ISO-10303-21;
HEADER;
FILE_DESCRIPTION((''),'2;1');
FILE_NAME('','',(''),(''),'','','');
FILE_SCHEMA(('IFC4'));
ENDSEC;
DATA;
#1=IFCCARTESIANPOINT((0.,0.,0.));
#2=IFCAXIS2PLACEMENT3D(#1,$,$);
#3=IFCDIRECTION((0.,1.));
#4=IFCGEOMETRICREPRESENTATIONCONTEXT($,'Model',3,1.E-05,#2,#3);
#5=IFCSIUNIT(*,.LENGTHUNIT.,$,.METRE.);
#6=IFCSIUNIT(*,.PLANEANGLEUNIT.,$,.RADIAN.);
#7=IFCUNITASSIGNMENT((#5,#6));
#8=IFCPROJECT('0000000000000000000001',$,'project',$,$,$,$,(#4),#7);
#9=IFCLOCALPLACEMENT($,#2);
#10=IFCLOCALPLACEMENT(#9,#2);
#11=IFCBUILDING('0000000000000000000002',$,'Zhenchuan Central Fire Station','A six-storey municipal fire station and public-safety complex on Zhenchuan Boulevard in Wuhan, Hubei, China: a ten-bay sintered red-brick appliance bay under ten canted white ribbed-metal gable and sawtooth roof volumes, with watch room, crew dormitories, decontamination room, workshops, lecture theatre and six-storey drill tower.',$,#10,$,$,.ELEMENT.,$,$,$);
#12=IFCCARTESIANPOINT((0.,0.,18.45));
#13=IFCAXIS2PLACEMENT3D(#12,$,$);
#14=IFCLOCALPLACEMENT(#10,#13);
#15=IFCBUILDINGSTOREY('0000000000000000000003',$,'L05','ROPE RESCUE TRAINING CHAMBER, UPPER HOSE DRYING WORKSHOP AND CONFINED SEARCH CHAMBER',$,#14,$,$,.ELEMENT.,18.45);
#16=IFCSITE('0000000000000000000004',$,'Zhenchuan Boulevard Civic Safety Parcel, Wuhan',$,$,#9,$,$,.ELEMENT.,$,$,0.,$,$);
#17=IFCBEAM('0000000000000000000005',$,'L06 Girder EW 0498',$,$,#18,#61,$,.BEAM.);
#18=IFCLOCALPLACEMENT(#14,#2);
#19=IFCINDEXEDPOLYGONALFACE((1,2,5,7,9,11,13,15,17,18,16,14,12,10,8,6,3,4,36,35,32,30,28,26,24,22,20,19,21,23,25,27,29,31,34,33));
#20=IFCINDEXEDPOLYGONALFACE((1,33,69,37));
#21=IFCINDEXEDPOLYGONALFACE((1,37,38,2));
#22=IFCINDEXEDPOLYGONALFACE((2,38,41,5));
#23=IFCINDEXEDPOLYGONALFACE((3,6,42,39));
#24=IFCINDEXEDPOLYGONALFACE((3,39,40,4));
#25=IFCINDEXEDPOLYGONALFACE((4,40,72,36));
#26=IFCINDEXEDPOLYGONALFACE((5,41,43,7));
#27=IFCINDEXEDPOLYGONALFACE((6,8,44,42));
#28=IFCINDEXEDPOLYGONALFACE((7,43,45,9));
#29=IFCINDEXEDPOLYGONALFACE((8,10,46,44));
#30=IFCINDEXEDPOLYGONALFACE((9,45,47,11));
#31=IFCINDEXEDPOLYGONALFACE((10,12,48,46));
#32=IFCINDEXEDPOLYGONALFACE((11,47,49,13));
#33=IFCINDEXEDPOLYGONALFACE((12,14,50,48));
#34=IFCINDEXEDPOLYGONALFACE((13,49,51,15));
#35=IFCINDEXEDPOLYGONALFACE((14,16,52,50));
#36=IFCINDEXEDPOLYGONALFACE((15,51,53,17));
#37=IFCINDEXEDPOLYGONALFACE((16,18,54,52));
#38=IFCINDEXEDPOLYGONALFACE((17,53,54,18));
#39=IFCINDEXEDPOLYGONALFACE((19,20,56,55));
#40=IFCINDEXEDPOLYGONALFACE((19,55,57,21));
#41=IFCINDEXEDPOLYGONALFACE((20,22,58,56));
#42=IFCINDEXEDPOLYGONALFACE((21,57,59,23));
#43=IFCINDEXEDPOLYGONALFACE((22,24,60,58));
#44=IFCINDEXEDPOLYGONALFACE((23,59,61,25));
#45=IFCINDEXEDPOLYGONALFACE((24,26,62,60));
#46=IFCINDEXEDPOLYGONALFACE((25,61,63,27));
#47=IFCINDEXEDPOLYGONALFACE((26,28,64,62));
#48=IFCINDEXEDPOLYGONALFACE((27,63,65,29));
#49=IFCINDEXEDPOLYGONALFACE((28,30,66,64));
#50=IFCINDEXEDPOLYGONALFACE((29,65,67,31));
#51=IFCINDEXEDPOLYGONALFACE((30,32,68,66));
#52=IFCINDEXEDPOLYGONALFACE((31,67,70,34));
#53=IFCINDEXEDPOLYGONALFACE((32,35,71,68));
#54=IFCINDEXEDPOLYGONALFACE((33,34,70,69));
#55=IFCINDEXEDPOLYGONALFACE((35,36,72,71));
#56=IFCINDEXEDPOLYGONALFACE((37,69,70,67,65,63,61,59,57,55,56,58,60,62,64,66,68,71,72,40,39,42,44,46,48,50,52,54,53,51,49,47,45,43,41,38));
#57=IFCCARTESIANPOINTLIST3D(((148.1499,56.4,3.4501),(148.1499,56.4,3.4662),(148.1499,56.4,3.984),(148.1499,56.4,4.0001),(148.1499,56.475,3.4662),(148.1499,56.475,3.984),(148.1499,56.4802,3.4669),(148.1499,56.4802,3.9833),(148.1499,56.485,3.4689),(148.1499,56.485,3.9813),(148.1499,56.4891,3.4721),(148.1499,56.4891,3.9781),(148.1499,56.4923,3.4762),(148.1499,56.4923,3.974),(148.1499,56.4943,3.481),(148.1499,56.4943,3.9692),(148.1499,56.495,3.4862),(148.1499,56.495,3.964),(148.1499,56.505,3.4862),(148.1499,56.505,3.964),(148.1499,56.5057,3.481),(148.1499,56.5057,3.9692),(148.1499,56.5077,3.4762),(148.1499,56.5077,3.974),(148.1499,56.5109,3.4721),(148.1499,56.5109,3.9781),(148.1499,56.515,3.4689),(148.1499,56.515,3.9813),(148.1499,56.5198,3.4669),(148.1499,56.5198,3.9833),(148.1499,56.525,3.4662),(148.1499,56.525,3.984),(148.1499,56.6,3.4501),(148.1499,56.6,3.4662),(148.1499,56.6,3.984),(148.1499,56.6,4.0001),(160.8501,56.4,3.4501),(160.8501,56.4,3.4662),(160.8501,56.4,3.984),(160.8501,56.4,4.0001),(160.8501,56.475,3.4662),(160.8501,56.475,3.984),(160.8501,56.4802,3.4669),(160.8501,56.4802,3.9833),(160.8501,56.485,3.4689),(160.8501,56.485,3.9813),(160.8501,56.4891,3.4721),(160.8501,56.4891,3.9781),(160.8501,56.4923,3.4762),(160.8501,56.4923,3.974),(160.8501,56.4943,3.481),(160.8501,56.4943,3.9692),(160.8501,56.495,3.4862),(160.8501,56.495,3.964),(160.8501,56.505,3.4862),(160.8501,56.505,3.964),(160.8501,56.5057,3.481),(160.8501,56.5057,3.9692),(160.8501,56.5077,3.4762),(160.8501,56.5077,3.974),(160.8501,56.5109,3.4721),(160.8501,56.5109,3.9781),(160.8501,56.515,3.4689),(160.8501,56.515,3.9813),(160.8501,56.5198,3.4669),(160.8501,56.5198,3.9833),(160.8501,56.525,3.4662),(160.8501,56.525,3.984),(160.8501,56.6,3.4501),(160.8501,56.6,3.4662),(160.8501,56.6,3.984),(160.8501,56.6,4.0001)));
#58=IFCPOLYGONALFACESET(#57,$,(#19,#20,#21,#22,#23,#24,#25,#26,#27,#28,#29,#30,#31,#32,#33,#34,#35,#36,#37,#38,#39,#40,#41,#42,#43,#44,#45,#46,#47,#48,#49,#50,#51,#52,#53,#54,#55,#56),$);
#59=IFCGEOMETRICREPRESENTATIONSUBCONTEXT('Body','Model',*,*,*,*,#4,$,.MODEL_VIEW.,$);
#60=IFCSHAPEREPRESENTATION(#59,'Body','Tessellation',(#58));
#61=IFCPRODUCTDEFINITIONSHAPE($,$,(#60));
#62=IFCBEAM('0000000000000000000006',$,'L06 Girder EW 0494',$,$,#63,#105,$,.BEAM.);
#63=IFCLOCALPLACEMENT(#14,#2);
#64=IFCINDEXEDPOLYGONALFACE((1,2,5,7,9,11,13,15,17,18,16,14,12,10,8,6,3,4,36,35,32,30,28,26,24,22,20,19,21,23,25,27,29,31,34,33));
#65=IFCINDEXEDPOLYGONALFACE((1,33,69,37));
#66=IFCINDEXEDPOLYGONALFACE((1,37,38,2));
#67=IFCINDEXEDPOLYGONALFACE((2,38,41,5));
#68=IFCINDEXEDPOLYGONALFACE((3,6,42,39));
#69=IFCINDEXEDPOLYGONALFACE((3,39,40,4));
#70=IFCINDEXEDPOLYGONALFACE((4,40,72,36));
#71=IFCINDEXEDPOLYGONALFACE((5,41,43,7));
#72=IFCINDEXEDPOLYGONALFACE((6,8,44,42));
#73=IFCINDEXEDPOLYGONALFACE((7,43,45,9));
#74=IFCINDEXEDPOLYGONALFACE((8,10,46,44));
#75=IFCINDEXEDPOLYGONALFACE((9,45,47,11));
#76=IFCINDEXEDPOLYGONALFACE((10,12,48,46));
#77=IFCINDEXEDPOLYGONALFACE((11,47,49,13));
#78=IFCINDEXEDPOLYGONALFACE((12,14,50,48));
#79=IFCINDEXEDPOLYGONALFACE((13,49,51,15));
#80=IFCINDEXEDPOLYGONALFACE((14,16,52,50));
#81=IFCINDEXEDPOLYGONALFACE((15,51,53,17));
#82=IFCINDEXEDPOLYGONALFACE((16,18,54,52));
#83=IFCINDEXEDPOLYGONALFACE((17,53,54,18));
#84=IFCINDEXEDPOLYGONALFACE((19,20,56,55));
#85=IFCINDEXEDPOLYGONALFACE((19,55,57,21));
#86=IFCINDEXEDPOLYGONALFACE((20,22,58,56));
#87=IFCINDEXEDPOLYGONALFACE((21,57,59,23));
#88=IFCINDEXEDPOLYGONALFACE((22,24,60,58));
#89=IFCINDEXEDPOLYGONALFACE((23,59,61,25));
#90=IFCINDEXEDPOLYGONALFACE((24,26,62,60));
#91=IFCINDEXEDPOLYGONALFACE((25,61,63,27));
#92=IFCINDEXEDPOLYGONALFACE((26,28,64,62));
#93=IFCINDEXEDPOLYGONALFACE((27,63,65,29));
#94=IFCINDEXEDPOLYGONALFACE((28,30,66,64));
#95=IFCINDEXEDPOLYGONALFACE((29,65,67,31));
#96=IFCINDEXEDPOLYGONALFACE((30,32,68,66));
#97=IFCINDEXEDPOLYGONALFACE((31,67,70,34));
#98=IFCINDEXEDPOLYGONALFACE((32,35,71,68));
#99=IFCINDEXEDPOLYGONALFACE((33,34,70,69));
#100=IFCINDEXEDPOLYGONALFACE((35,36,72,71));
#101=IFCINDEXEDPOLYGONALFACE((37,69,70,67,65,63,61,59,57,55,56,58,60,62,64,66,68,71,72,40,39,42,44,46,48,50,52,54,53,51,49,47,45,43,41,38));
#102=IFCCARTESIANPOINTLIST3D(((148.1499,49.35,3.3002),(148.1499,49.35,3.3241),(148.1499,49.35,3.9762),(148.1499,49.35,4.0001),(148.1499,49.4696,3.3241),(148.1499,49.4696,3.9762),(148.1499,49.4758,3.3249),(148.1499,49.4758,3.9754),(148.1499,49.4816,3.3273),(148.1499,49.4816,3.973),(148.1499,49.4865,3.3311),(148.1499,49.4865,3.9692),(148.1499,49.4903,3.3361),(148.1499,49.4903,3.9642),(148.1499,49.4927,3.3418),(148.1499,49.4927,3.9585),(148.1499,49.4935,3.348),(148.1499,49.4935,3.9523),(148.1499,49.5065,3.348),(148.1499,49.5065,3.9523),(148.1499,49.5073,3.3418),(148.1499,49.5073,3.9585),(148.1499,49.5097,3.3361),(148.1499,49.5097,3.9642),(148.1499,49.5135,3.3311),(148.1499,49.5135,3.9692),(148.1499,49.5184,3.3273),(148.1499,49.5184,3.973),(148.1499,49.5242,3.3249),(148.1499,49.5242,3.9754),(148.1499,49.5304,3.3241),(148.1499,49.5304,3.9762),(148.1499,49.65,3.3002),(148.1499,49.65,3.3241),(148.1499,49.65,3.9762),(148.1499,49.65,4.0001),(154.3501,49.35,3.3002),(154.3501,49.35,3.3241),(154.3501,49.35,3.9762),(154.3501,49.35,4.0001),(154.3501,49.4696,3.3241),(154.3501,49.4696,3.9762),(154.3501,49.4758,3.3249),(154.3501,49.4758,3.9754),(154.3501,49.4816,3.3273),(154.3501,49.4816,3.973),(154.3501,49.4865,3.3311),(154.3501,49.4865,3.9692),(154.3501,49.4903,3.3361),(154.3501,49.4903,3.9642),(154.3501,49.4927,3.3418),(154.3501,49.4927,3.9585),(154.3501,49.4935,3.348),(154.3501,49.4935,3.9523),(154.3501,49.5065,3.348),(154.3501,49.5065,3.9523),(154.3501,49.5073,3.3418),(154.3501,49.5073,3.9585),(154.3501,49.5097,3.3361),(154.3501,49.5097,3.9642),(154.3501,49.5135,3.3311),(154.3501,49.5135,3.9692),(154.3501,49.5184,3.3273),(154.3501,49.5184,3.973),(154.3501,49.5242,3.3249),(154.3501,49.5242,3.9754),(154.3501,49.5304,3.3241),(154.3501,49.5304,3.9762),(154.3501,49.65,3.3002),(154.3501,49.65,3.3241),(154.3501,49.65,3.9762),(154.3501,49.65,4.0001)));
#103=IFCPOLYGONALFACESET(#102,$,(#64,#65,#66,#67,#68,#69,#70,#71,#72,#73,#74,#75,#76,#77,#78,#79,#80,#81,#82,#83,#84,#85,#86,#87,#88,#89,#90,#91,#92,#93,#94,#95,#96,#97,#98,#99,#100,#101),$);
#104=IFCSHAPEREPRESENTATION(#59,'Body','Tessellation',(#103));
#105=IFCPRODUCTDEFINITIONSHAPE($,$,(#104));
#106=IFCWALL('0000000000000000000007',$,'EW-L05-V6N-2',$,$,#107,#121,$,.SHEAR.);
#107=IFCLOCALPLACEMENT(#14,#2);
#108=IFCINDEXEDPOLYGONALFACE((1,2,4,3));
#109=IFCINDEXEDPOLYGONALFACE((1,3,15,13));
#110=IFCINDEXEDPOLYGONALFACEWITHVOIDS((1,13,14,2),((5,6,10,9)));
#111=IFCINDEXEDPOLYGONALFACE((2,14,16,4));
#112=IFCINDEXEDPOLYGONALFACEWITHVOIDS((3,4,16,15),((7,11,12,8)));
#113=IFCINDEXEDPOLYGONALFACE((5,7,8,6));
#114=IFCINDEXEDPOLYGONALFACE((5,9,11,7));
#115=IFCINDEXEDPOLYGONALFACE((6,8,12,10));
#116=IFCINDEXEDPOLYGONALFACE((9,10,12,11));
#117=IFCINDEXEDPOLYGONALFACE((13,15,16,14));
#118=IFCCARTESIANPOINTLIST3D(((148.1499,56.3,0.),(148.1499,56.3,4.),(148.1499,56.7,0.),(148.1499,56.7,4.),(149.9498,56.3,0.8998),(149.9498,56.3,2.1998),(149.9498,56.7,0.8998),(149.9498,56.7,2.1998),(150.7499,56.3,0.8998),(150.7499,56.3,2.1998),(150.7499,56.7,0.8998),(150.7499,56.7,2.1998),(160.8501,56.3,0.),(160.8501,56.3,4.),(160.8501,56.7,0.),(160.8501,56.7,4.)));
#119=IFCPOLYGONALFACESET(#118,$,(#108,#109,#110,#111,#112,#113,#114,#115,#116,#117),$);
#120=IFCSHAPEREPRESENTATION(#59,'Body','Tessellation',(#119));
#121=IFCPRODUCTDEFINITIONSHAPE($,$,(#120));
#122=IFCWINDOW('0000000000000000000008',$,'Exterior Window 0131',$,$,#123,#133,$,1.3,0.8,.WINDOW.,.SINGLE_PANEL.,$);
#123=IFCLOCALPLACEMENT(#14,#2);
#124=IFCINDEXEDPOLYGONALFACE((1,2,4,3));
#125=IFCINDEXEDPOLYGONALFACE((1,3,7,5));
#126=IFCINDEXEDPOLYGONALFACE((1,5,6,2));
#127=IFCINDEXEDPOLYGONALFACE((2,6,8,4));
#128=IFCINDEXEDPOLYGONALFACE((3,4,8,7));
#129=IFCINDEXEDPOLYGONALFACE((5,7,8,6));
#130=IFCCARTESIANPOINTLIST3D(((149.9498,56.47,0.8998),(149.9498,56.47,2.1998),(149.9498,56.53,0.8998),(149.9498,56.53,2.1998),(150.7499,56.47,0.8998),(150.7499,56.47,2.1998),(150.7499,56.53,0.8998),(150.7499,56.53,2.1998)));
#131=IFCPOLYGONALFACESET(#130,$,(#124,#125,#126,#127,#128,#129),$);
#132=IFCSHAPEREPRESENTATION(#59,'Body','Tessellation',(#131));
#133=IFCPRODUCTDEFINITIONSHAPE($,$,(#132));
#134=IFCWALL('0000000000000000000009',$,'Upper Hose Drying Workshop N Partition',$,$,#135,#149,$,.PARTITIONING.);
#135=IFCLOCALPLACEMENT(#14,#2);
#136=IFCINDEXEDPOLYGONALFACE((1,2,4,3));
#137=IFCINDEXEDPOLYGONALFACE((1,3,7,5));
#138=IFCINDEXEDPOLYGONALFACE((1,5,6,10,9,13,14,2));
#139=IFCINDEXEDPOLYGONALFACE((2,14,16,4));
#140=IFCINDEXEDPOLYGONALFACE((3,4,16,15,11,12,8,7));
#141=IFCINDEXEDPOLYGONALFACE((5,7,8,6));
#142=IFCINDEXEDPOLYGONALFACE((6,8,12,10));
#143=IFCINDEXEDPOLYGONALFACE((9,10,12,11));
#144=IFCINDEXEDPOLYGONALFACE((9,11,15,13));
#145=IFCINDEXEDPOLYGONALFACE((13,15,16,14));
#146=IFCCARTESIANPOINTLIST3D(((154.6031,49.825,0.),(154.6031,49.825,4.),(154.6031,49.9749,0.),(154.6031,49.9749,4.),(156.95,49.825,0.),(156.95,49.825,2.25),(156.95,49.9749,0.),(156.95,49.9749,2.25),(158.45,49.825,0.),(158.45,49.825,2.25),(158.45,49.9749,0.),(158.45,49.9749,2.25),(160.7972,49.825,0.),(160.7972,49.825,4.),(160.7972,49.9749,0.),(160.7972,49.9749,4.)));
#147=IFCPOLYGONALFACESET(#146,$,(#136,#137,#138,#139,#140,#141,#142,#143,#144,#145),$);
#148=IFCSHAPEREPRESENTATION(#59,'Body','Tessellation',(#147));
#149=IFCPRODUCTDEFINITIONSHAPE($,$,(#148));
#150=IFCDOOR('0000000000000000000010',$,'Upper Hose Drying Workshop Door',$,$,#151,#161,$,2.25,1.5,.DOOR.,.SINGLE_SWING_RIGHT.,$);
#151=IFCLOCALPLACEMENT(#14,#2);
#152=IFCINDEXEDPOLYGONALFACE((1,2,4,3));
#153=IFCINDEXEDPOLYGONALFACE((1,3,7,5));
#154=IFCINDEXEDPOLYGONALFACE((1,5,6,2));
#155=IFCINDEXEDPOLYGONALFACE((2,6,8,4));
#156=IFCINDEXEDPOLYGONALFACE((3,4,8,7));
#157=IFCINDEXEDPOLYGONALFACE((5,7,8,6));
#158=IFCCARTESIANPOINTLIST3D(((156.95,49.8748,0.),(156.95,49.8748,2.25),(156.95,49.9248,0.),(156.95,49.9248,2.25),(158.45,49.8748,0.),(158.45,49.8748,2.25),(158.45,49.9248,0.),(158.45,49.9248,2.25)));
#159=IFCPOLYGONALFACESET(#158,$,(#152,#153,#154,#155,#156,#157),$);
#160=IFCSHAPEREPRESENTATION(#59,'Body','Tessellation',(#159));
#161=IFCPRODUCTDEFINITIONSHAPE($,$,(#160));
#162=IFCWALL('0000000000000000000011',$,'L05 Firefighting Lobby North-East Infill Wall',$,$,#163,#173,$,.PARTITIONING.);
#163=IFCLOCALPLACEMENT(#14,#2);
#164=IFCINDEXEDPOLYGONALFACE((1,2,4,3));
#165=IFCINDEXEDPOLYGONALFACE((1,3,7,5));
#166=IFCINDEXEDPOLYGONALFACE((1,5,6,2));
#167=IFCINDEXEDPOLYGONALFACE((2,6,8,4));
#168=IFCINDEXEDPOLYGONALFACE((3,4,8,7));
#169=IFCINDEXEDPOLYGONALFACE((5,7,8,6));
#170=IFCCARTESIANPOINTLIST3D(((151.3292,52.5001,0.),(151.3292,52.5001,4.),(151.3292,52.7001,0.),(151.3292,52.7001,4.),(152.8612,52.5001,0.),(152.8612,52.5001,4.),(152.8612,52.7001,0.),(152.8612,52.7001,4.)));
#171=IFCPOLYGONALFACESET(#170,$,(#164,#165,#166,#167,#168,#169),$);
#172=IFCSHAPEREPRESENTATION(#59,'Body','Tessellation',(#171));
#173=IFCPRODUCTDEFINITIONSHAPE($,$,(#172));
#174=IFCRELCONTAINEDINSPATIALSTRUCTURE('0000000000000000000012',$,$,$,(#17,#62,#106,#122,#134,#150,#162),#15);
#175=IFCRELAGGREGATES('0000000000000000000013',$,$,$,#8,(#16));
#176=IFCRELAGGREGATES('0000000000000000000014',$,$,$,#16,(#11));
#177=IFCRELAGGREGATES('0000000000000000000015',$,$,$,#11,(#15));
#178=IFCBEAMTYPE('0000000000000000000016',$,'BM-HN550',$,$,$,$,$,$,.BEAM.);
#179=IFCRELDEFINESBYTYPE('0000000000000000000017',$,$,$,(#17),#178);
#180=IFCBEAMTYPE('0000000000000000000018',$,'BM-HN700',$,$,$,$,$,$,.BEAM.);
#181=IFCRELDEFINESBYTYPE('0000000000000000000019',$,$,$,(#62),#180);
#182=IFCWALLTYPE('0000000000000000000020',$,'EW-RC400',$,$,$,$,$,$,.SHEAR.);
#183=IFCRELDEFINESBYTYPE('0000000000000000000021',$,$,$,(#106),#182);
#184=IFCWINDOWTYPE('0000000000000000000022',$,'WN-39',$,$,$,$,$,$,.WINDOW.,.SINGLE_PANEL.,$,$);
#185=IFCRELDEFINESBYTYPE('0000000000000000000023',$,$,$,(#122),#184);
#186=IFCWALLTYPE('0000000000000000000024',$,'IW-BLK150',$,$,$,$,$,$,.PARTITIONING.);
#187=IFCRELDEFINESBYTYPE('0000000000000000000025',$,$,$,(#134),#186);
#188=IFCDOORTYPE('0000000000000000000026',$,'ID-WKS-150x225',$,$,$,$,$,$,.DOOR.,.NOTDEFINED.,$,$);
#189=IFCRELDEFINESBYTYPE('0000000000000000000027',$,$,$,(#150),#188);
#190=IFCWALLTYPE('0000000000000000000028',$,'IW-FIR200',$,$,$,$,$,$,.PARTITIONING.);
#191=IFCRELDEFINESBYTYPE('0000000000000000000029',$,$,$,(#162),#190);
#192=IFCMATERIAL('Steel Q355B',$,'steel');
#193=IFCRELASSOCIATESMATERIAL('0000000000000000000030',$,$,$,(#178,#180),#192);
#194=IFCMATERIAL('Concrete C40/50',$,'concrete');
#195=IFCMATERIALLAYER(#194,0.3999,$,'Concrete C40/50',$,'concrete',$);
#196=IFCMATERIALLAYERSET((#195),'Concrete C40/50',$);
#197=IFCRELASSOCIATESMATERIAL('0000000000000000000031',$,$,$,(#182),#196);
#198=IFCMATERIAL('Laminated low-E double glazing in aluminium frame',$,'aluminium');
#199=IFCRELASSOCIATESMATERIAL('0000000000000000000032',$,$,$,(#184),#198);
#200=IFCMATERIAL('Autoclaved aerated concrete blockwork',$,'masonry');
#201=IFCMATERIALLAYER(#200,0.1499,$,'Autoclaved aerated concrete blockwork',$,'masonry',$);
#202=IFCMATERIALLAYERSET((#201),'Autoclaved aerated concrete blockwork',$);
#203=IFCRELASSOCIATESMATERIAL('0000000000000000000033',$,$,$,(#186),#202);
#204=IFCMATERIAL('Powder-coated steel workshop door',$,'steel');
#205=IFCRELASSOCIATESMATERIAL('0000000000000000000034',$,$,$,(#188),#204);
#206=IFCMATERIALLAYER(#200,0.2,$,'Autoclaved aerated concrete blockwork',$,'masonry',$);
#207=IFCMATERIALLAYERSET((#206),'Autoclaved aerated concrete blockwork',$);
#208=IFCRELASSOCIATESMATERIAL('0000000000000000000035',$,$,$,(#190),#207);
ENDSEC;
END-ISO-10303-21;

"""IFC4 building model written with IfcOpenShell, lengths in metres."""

from ifc_helpers import new_model, si_unit, direction, frame, frame_2d, origin, origin_2d, place, context, subcontext, project, spatial, rectangle, i_section, extrude, material, layer, layer_set, material_profile, profile_set, type_object, element, fill, save


model = new_model("IFC4")

# Units and contexts
model_context = context("Model", 3, precision=1e-05, world=origin(), true_north=direction((0.0, 1.0)))
body_context = subcontext(model_context, "Body", "Model", "MODEL_VIEW")
ifc_project = project(units=[si_unit("LENGTHUNIT", "METRE"), si_unit("PLANEANGLEUNIT", "RADIAN")], contexts=[model_context])

# Site, building, storey
site_placement = place(None, origin())
site = spatial("IfcSite", under=ifc_project, at=site_placement, Name="Zhenchuan Boulevard Civic Safety Parcel, Wuhan", CompositionType="ELEMENT", RefElevation=0.0)
building_placement = place(site_placement, origin())
building = spatial("IfcBuilding", under=site, at=building_placement, Name="Zhenchuan Central Fire Station", Description="A six-storey municipal fire station and public-safety complex on Zhenchuan Boulevard in Wuhan, Hubei, China: a ten-bay sintered red-brick appliance bay under ten canted white ribbed-metal gable and sawtooth roof volumes, with watch room, crew dormitories, decontamination room, workshops, lecture theatre and six-storey drill tower.", CompositionType="ELEMENT")
storey_placement = place(building_placement, frame((0.0, 0.0, 18.45)))
storey = spatial("IfcBuildingStorey", under=building, at=storey_placement, Name="L05", Description="ROPE RESCUE TRAINING CHAMBER, UPPER HOSE DRYING WORKSHOP AND CONFINED SEARCH CHAMBER", CompositionType="ELEMENT", Elevation=18.45)

# Shared definitions
ifc_material_1 = material(Name="Steel Q355B", Category="steel")

# Beams
ifc_material_profile_1 = material_profile(ifc_material_1, i_section(OverallWidth=0.2, OverallDepth=0.55, WebThickness=0.01, FlangeThickness=0.0161, FilletRadius=0.02, at=origin_2d()), Name="HN 550x200")
ifc_profile_set_1 = profile_set([ifc_material_profile_1], Name="Steel Q355B")
beam_type_1 = type_object("IfcBeamType", Name="BM-HN550", PredefinedType="BEAM", material=ifc_profile_set_1)
beam_1_placement = place(storey_placement, frame((148.1499, 56.5, 3.7251), z_axis=(1.0, 0.0, 0.0), x_axis=(0.0, 1.0, 0.0)))
element("IfcBeam", 1, at=beam_1_placement, inside=storey, type_object=beam_type_1, Name="L06 Girder EW 0498", PredefinedType="BEAM", context=body_context, shape_type="SweptSolid", body=[
    extrude(i_section(OverallWidth=0.2, OverallDepth=0.55, WebThickness=0.01, FlangeThickness=0.0161, FilletRadius=0.02, at=origin_2d()), origin(), (0.0, 0.0, 1.0), 12.7002),
])
ifc_material_profile_2 = material_profile(ifc_material_1, i_section(OverallWidth=0.3, OverallDepth=0.7, WebThickness=0.0129, FlangeThickness=0.0239, FilletRadius=0.0239, at=origin_2d()), Name="HN 700x300")
ifc_profile_set_2 = profile_set([ifc_material_profile_2], Name="Steel Q355B")
beam_type_2 = type_object("IfcBeamType", Name="BM-HN700", PredefinedType="BEAM", material=ifc_profile_set_2)
beam_2_placement = place(storey_placement, frame((148.1499, 49.5, 3.6501), z_axis=(1.0, 0.0, 0.0), x_axis=(0.0, 1.0, 0.0)))
element("IfcBeam", 2, at=beam_2_placement, inside=storey, type_object=beam_type_2, Name="L06 Girder EW 0494", PredefinedType="BEAM", context=body_context, shape_type="SweptSolid", body=[
    extrude(i_section(OverallWidth=0.3, OverallDepth=0.7, WebThickness=0.0129, FlangeThickness=0.0239, FilletRadius=0.0239, at=origin_2d()), origin(), (0.0, 0.0, 1.0), 6.2002),
])

# Wall, opening, window
ifc_material_2 = material(Name="Concrete C40/50", Category="concrete")
ifc_layer_1 = layer(ifc_material_2, 0.3999, Name="Concrete C40/50", Category="concrete")
ifc_layer_set_1 = layer_set([ifc_layer_1], Name="Concrete C40/50")
wall_type_1 = type_object("IfcWallType", Name="EW-RC400", PredefinedType="SHEAR", material=ifc_layer_set_1)
wall_1_placement = place(storey_placement, frame((148.1499, 56.5, 0.0), z_axis=(0.0, 0.0, 1.0), x_axis=(1.0, 0.0, 0.0)))
wall_1 = element("IfcWall", 3, at=wall_1_placement, inside=storey, type_object=wall_type_1, Name="EW-L05-V6N-2", PredefinedType="SHEAR", context=body_context, shape_type="SweptSolid", body=[
    extrude(rectangle(XDim=12.7002, YDim=0.3999, at=frame_2d((6.3501, 0.0))), origin(), (0.0, 0.0, 1.0), 4.0),
])
opening_1_placement = place(wall_1_placement, frame((1.8, 0.0, 0.8999)))
opening_1 = element("IfcOpeningElement", 4, at=opening_1_placement, cuts=wall_1, PredefinedType="OPENING", context=body_context, shape_type="SweptSolid", body=[
    extrude(rectangle(XDim=0.8, YDim=1.3, at=frame_2d((0.3999, 0.6499))), frame((0.0, 0.21, 0.0), z_axis=(0.0, -1.0, 0.0), x_axis=(1.0, 0.0, 0.0)), (0.0, 0.0, 1.0), 0.4199),
])
ifc_material_3 = material(Name="Laminated low-E double glazing in aluminium frame", Category="aluminium")
window_type = type_object("IfcWindowType", Name="WN-39", PartitioningType="SINGLE_PANEL", PredefinedType="WINDOW", material=ifc_material_3)
window_placement = place(opening_1_placement, origin())
window = element("IfcWindow", 5, at=window_placement, inside=storey, type_object=window_type, Name="Exterior Window 0131", OverallHeight=1.3, OverallWidth=0.8, PartitioningType="SINGLE_PANEL", PredefinedType="WINDOW", context=body_context, shape_type="SweptSolid", body=[
    extrude(rectangle(XDim=0.8, YDim=1.3, at=frame_2d((0.3999, 0.6499))), frame((0.0, 0.03, 0.0), z_axis=(0.0, -1.0, 0.0), x_axis=(1.0, 0.0, 0.0)), (0.0, 0.0, 1.0), 0.0601),
])
fill(opening_1, window)

# Wall, opening, door
ifc_material_4 = material(Name="Autoclaved aerated concrete blockwork", Category="masonry")
ifc_layer_2 = layer(ifc_material_4, 0.1499, Name="Autoclaved aerated concrete blockwork", Category="masonry")
ifc_layer_set_2 = layer_set([ifc_layer_2], Name="Autoclaved aerated concrete blockwork")
wall_type_2 = type_object("IfcWallType", Name="IW-BLK150", PredefinedType="PARTITIONING", material=ifc_layer_set_2)
wall_2_placement = place(storey_placement, frame((154.603, 49.8999, 0.0), z_axis=(0.0, 0.0, 1.0), x_axis=(1.0, 0.0, 0.0)))
wall_2 = element("IfcWall", 6, at=wall_2_placement, inside=storey, type_object=wall_type_2, Name="Upper Hose Drying Workshop N Partition", PredefinedType="PARTITIONING", context=body_context, shape_type="SweptSolid", body=[
    extrude(rectangle(XDim=6.1941, YDim=0.1499, at=frame_2d((3.0972, 0.0))), origin(), (0.0, 0.0, 1.0), 4.0),
])
opening_2_placement = place(wall_2_placement, frame((2.3469, 0.0, 0.0)))
opening_2 = element("IfcOpeningElement", 7, at=opening_2_placement, cuts=wall_2, PredefinedType="OPENING", context=body_context, shape_type="SweptSolid", body=[
    extrude(rectangle(XDim=1.5, YDim=2.25, at=frame_2d((0.75, 1.125))), frame((0.0, 0.085, 0.0), z_axis=(0.0, -1.0, 0.0), x_axis=(1.0, 0.0, 0.0)), (0.0, 0.0, 1.0), 0.1699),
])
ifc_material_5 = material(Name="Powder-coated steel workshop door", Category="steel")
door_type_1 = type_object("IfcDoorType", Name="ID-WKS-150x225", OperationType="NOTDEFINED", PredefinedType="DOOR", material=ifc_material_5)
door_1_placement = place(opening_2_placement, origin())
door_1 = element("IfcDoor", 8, at=door_1_placement, inside=storey, type_object=door_type_1, Name="Upper Hose Drying Workshop Door", OperationType="SINGLE_SWING_RIGHT", OverallHeight=2.25, OverallWidth=1.5, PredefinedType="DOOR", context=body_context, shape_type="SweptSolid", body=[
    extrude(rectangle(XDim=1.5, YDim=2.25, at=frame_2d((0.75, 1.125))), frame((0.0, 0.0249, 0.0), z_axis=(0.0, -1.0, 0.0), x_axis=(1.0, 0.0, 0.0)), (0.0, 0.0, 1.0), 0.05),
])
fill(opening_2, door_1)

# Wall
ifc_layer_3 = layer(ifc_material_4, 0.2, Name="Autoclaved aerated concrete blockwork", Category="masonry")
ifc_layer_set_3 = layer_set([ifc_layer_3], Name="Autoclaved aerated concrete blockwork")
wall_type_3 = type_object("IfcWallType", Name="IW-FIR200", PredefinedType="PARTITIONING", material=ifc_layer_set_3)
wall_3_placement = place(storey_placement, frame((151.3291, 52.6001, 0.0), z_axis=(0.0, 0.0, 1.0), x_axis=(1.0, 0.0, 0.0)))
element("IfcWall", 9, at=wall_3_placement, inside=storey, type_object=wall_type_3, Name="L05 Firefighting Lobby North-East Infill Wall", PredefinedType="PARTITIONING", context=body_context, shape_type="SweptSolid", body=[
    extrude(rectangle(XDim=1.532, YDim=0.2, at=frame_2d((0.7661, 0.0))), origin(), (0.0, 0.0, 1.0), 4.0),
])

save(model, "model.ifc")
